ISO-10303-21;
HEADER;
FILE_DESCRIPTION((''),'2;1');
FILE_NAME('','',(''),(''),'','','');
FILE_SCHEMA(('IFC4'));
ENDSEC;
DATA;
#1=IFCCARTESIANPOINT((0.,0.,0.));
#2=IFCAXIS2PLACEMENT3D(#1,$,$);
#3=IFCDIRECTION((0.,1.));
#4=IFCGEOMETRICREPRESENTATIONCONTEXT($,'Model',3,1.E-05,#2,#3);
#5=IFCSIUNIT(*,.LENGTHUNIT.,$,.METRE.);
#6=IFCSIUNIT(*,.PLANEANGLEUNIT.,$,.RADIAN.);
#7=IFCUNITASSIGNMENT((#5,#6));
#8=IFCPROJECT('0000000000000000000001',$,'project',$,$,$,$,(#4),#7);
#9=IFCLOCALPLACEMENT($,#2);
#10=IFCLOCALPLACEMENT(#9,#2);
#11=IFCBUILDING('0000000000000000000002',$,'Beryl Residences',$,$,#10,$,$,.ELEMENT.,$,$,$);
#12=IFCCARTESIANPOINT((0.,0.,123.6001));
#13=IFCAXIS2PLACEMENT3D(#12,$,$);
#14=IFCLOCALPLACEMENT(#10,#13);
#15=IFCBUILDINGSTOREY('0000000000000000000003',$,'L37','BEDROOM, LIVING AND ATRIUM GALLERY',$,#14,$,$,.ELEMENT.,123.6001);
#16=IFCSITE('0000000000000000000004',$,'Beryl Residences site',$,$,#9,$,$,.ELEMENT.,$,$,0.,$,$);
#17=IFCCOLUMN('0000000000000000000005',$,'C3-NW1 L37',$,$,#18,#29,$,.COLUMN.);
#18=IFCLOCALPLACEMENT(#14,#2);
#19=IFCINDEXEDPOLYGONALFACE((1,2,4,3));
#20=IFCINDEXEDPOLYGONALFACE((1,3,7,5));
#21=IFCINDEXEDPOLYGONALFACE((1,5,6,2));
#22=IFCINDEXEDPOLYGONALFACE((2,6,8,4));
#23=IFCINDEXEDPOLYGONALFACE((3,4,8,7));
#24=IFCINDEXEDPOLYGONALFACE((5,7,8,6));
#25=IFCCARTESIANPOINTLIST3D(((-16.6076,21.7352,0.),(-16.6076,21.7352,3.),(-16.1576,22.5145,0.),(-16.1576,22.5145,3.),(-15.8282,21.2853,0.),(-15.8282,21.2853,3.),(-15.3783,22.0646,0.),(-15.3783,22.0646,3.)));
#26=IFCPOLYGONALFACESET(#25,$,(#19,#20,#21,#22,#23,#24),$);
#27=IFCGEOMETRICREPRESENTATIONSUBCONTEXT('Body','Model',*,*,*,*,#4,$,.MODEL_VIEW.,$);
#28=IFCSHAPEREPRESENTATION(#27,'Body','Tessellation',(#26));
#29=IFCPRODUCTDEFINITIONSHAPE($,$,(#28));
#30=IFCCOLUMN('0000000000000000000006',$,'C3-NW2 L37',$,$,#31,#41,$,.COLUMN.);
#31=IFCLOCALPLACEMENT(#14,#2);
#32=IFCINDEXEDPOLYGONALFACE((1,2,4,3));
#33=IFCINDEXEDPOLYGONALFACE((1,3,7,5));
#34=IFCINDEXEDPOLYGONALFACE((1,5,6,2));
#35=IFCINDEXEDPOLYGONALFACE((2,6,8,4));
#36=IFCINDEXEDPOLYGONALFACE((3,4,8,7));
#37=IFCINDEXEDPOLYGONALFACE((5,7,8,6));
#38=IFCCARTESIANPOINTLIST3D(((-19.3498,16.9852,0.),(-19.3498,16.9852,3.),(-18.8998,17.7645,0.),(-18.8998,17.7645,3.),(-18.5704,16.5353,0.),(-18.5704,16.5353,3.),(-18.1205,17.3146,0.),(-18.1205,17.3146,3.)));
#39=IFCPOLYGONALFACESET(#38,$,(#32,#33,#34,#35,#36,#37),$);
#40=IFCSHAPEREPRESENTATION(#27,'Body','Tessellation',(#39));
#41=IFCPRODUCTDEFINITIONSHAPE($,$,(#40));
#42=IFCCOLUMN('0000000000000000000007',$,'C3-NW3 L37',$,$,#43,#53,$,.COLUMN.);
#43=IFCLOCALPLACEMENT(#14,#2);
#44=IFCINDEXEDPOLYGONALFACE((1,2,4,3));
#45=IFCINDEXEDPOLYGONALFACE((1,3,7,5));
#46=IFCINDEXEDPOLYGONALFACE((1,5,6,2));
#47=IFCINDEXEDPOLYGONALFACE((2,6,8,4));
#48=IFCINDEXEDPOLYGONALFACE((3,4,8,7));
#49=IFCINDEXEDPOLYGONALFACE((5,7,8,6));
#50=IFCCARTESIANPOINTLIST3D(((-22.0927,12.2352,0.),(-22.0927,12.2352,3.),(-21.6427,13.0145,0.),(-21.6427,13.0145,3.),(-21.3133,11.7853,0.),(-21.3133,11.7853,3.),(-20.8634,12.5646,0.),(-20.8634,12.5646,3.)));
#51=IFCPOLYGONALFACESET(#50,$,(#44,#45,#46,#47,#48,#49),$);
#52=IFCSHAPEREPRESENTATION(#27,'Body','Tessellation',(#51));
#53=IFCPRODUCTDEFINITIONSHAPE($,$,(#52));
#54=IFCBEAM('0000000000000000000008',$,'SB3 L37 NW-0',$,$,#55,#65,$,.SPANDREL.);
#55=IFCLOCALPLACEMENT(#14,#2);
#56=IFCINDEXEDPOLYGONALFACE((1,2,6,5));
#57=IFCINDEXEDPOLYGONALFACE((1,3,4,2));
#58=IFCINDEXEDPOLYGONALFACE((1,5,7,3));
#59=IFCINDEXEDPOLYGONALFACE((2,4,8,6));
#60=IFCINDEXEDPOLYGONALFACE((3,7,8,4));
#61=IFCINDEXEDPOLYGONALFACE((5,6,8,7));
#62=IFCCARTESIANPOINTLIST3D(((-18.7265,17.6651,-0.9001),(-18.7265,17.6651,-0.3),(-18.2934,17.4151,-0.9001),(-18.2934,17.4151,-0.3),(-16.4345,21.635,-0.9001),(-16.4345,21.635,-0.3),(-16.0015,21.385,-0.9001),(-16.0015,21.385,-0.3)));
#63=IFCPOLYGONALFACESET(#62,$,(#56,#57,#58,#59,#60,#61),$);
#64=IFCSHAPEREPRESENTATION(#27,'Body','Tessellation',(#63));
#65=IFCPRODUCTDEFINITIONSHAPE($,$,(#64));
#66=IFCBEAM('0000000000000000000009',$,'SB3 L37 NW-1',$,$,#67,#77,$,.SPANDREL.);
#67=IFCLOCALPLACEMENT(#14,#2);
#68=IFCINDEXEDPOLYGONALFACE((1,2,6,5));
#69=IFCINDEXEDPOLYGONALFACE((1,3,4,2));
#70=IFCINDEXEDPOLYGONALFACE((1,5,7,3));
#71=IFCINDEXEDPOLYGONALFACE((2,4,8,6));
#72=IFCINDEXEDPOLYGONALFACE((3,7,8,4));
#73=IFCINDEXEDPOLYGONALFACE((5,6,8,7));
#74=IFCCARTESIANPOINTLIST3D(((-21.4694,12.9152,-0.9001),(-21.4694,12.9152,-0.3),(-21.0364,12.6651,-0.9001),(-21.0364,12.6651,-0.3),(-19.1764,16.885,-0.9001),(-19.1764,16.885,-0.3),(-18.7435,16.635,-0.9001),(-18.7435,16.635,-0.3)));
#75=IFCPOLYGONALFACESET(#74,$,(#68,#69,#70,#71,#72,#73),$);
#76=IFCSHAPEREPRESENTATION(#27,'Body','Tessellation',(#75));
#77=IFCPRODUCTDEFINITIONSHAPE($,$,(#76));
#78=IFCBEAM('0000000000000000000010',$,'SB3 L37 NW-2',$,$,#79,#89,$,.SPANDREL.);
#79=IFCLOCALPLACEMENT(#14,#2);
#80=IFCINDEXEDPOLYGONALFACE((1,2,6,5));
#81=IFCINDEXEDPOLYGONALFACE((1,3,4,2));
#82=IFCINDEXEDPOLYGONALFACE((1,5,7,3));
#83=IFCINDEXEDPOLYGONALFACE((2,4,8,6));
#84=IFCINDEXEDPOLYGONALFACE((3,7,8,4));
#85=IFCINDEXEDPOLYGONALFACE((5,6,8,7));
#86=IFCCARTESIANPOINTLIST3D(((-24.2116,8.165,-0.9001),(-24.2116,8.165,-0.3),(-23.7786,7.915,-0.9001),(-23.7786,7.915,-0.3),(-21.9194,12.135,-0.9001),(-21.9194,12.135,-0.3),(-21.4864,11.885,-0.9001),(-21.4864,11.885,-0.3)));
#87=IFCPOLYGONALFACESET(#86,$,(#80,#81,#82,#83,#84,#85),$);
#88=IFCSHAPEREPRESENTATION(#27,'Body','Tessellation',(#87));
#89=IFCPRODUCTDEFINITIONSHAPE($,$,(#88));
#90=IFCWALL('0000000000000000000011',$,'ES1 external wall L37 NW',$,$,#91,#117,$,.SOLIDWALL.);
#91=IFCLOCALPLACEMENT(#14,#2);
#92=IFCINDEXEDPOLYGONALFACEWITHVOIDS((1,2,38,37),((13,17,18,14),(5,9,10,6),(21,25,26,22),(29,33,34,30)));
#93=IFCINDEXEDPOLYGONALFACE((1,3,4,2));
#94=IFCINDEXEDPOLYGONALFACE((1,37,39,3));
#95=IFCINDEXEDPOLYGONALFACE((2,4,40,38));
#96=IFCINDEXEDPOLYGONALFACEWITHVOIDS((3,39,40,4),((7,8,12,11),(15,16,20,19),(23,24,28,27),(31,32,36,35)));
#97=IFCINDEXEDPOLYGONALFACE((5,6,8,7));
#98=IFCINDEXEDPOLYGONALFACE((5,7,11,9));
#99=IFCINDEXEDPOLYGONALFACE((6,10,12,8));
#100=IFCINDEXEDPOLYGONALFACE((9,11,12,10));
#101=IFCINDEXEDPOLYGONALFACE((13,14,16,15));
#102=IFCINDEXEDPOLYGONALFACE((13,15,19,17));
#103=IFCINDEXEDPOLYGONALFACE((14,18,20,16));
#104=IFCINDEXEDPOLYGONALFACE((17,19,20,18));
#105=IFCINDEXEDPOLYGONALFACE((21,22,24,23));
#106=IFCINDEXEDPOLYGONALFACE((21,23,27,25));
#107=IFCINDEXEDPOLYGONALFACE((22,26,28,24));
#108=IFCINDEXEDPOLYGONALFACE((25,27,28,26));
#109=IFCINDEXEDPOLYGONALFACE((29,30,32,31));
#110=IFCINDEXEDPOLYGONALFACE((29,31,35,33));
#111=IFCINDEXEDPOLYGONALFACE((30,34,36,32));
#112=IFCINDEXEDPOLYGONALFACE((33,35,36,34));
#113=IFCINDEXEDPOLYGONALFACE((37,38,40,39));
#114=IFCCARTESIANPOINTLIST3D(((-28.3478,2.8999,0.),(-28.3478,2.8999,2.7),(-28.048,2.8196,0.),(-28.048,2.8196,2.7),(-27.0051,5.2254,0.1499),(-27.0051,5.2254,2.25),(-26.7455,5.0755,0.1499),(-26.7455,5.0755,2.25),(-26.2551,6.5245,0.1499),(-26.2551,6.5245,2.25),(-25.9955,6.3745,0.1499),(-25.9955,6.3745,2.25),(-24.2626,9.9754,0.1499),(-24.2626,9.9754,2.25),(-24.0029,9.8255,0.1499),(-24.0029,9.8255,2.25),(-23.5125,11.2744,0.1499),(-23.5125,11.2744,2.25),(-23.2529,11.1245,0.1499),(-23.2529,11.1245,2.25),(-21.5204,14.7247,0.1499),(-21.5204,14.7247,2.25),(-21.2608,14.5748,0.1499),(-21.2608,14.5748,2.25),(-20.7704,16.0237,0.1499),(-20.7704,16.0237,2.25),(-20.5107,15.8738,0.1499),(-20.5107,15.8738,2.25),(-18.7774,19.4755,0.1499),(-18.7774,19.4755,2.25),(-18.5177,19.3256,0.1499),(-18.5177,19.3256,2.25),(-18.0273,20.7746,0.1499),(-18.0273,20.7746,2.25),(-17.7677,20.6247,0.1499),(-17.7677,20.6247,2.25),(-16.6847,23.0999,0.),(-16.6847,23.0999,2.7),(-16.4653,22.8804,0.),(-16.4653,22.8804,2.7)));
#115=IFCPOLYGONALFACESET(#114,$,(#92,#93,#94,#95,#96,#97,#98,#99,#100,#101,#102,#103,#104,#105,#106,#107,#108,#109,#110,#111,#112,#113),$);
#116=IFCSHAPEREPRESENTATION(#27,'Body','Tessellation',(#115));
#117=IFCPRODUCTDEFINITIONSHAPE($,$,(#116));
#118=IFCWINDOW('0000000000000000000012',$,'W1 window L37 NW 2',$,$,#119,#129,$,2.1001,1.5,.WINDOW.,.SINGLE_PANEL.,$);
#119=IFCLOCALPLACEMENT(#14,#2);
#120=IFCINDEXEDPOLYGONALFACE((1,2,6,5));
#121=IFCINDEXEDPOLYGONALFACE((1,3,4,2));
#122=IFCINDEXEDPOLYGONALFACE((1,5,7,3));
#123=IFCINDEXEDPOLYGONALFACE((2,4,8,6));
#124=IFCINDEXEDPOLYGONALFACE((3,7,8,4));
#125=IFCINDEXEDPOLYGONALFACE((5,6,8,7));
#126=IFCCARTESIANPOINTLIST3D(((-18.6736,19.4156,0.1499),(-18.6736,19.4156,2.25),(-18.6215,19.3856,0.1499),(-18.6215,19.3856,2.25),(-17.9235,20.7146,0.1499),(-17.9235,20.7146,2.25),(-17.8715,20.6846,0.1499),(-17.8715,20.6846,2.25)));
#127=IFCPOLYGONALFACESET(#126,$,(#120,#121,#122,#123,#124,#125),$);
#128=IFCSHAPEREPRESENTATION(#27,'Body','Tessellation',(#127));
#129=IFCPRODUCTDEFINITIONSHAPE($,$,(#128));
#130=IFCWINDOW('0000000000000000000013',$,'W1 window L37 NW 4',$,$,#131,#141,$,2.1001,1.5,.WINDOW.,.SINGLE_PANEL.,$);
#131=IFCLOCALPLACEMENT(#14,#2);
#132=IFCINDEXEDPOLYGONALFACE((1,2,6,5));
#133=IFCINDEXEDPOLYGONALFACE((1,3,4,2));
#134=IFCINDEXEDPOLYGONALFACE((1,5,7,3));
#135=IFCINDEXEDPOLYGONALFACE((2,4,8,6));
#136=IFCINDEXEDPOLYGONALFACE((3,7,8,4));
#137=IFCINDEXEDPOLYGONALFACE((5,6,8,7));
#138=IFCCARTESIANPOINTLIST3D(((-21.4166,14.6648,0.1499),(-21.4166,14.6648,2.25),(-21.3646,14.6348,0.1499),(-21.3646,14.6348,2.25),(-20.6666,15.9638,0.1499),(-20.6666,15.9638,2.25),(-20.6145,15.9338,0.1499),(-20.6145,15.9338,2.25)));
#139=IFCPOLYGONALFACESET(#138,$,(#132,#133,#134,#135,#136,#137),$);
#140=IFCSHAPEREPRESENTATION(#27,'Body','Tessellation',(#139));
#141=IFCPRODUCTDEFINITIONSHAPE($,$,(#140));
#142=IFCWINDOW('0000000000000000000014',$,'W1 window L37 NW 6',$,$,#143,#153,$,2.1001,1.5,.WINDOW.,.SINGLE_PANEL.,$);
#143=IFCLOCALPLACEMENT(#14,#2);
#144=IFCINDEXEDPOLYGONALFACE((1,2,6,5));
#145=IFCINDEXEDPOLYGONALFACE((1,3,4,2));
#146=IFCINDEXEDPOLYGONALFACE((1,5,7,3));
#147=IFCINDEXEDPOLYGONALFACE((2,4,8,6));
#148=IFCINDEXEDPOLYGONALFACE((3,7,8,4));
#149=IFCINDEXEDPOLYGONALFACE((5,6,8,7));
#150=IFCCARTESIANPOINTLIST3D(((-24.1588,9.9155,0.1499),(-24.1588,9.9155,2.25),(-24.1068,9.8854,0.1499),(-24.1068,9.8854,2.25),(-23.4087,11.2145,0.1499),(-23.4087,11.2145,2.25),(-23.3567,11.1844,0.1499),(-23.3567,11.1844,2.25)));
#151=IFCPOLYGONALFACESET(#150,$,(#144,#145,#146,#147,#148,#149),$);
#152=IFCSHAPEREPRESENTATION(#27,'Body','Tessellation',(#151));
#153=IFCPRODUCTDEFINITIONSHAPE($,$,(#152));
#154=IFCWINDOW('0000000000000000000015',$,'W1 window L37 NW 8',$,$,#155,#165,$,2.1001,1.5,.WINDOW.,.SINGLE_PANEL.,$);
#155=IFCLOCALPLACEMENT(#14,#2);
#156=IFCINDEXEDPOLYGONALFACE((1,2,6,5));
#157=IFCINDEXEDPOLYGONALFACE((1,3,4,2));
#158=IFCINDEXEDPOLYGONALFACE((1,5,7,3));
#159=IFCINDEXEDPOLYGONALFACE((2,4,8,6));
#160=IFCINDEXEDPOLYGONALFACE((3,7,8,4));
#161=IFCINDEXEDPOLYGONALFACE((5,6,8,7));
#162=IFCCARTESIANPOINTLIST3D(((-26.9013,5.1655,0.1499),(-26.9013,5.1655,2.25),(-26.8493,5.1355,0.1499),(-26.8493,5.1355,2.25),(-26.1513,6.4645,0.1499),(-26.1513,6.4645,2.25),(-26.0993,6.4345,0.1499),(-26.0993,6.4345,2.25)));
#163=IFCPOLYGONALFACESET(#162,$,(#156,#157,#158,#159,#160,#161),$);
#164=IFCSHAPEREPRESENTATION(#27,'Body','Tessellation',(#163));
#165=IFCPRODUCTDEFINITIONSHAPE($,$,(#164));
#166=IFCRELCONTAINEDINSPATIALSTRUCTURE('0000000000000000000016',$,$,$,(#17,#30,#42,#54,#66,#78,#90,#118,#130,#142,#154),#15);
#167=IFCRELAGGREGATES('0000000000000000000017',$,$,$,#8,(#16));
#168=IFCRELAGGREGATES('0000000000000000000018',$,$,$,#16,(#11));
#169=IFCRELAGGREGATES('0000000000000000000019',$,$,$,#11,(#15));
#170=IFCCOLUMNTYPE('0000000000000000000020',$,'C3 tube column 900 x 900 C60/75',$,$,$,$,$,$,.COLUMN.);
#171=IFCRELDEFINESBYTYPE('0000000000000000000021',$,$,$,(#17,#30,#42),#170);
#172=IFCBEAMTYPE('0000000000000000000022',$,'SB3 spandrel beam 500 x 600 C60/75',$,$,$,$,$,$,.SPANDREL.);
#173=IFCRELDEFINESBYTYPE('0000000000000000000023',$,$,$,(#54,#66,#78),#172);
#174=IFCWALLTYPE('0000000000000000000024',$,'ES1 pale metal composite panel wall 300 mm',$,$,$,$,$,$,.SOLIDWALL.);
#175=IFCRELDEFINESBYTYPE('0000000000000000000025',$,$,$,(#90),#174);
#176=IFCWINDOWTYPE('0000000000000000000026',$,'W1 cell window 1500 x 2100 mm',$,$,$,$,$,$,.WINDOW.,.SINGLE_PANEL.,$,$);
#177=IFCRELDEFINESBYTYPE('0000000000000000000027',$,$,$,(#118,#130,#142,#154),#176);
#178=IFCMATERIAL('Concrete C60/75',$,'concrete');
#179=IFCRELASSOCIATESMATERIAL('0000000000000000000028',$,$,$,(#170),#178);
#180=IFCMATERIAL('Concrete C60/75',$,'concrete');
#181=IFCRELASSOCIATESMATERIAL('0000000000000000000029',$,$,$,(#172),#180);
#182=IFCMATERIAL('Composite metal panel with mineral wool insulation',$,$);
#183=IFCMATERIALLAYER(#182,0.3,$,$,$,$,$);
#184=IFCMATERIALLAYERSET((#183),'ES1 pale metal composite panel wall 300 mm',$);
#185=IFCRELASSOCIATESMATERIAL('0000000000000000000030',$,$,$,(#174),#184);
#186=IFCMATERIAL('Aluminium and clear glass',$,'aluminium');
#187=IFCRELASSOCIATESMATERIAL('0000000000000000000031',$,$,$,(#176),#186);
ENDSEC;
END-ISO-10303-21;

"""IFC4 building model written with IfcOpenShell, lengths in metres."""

from ifc_helpers import new_model, si_unit, direction, frame, frame_2d, origin, origin_2d, place, context, subcontext, project, spatial, polyline, rectangle, outline, extrude, material, layer, layer_set, material_profile, profile_set, type_object, element, fill, save


model = new_model("IFC4")

# Units and contexts
model_context = context("Model", 3, precision=1e-05, world=origin(), true_north=direction((0.0, 1.0)))
body_context = subcontext(model_context, "Body", "Model", "MODEL_VIEW")
ifc_project = project(units=[si_unit("LENGTHUNIT", "METRE"), si_unit("PLANEANGLEUNIT", "RADIAN")], contexts=[model_context])

# Site, building, storey
site_placement = place(None, origin())
site = spatial("IfcSite", under=ifc_project, at=site_placement, Name="Beryl Residences site", CompositionType="ELEMENT", RefElevation=0.0)
building_placement = place(site_placement, origin())
building = spatial("IfcBuilding", under=site, at=building_placement, Name="Beryl Residences", CompositionType="ELEMENT")
storey_placement = place(building_placement, frame((0.0, 0.0, 123.6001)))
storey = spatial("IfcBuildingStorey", under=building, at=storey_placement, Name="L37", Description="BEDROOM, LIVING AND ATRIUM GALLERY", CompositionType="ELEMENT", Elevation=123.6001)

# Columns
ifc_material_1 = material(Name="Concrete C60/75", Category="concrete")
ifc_material_profile_1 = material_profile(ifc_material_1, rectangle(XDim=0.8999, YDim=0.8999, at=origin_2d()))
ifc_profile_set_1 = profile_set([ifc_material_profile_1], Name="Concrete C60/75")
column_type = type_object("IfcColumnType", Name="C3 tube column 900 x 900 C60/75", PredefinedType="COLUMN", material=ifc_profile_set_1)
for number, where, z_axis, x_axis, name in (
    (1, (-15.9929, 21.8999, 0.0), (0.0, 0.0, 1.0), (-0.5, -0.866025, 0.0), "C3-NW1 L37"),
    (2, (-18.7351, 17.1499, 0.0), (0.0, 0.0, 1.0), (-0.5, -0.866025, 0.0), "C3-NW2 L37"),
    (3, (-21.478, 12.3999, 0.0), (0.0, 0.0, 1.0), (-0.5, -0.866025, 0.0), "C3-NW3 L37"),
):
    element("IfcColumn", number, at=place(storey_placement, frame(where, z_axis=z_axis, x_axis=x_axis)), inside=storey, type_object=column_type, Name=name, PredefinedType="COLUMN", context=body_context, shape_type="SweptSolid", body=[
        extrude(rectangle(XDim=0.8999, YDim=0.8999, at=origin_2d()), origin(), (0.0, 0.0, 1.0), 3.0),
    ])

# Beams
ifc_material_2 = material(Name="Concrete C60/75", Category="concrete")
ifc_material_profile_2 = material_profile(ifc_material_2, rectangle(XDim=0.5, YDim=0.6001, at=origin_2d()))
ifc_profile_set_2 = profile_set([ifc_material_profile_2], Name="Concrete C60/75")
beam_type = type_object("IfcBeamType", Name="SB3 spandrel beam 500 x 600 C60/75", PredefinedType="SPANDREL", material=ifc_profile_set_2)
beam_1_placement = place(storey_placement, frame((-16.218, 21.51, -0.6001), z_axis=(-0.499988, -0.866032, 0.0), x_axis=(0.866032, -0.499988, 0.0)))
element("IfcBeam", 4, at=beam_1_placement, inside=storey, type_object=beam_type, Name="SB3 L37 NW-0", PredefinedType="SPANDREL", context=body_context, shape_type="SweptSolid", body=[
    extrude(rectangle(XDim=0.5, YDim=0.6001, at=origin_2d()), origin(), (0.0, 0.0, 1.0), 4.584),
])
beam_2_placement = place(storey_placement, frame((-18.96, 16.76, -0.6001), z_axis=(-0.500148, -0.86594, 0.0), x_axis=(0.86594, -0.500148, 0.0)))
element("IfcBeam", 5, at=beam_2_placement, inside=storey, type_object=beam_type, Name="SB3 L37 NW-1", PredefinedType="SPANDREL", context=body_context, shape_type="SweptSolid", body=[
    extrude(rectangle(XDim=0.5, YDim=0.6001, at=origin_2d()), origin(), (0.0, 0.0, 1.0), 4.5845),
])
beam_3_placement = place(storey_placement, frame((-21.7029, 12.01, -0.6001), z_axis=(-0.500028, -0.866009, 0.0), x_axis=(0.866009, -0.500028, 0.0)))
element("IfcBeam", 6, at=beam_3_placement, inside=storey, type_object=beam_type, Name="SB3 L37 NW-2", PredefinedType="SPANDREL", context=body_context, shape_type="SweptSolid", body=[
    extrude(rectangle(XDim=0.5, YDim=0.6001, at=origin_2d()), origin(), (0.0, 0.0, 1.0), 4.5842),
])

# Wall, openings, windows
ifc_material_3 = material(Name="Composite metal panel with mineral wool insulation")
ifc_layer_1 = layer(ifc_material_3, 0.3)
ifc_layer_set_1 = layer_set([ifc_layer_1], Name="ES1 pale metal composite panel wall 300 mm")
wall_type_1 = type_object("IfcWallType", Name="ES1 pale metal composite panel wall 300 mm", PredefinedType="SOLIDWALL", material=ifc_layer_set_1)
wall_1_placement = place(storey_placement, frame((-16.5549, 23.0249, 0.0), z_axis=(0.0, 0.0, 1.0), x_axis=(-0.500021, -0.866014, 0.0)))
wall_1 = element("IfcWall", 7, at=wall_1_placement, inside=storey, type_object=wall_type_1, Name="ES1 external wall L37 NW", PredefinedType="SOLIDWALL", context=body_context, shape_type="SweptSolid", body=[
    extrude(outline(polyline([(0.0, -0.1499), (23.3252, -0.1499), (23.2449, 0.1499), (0.0803, 0.1499), (0.0, -0.1499)])), origin(), (0.0, 0.0, 1.0), 2.7),
])
opening_1_placement = place(wall_1_placement, frame((2.6851, 0.0, 0.1499)))
opening_1 = element("IfcOpeningElement", 8, at=opening_1_placement, cuts=wall_1, PredefinedType="OPENING", context=body_context, shape_type="SweptSolid", body=[
    extrude(rectangle(XDim=1.5, YDim=2.1001, at=frame_2d((0.75, 1.05))), frame((0.0, 0.1599, 0.0), z_axis=(0.0, -1.0, 0.0), x_axis=(1.0, 0.0, 0.0)), (0.0, 0.0, 1.0), 0.3201),
])
opening_2_placement = place(wall_1_placement, frame((8.1709, 0.0, 0.1499)))
opening_2 = element("IfcOpeningElement", 9, at=opening_2_placement, cuts=wall_1, PredefinedType="OPENING", context=body_context, shape_type="SweptSolid", body=[
    extrude(rectangle(XDim=1.5, YDim=2.1001, at=frame_2d((0.75, 1.05))), frame((0.0, 0.1599, 0.0), z_axis=(0.0, -1.0, 0.0), x_axis=(1.0, 0.0, 0.0)), (0.0, 0.0, 1.0), 0.3201),
])
opening_3_placement = place(wall_1_placement, frame((13.655, 0.0, 0.1499)))
opening_3 = element("IfcOpeningElement", 10, at=opening_3_placement, cuts=wall_1, PredefinedType="OPENING", context=body_context, shape_type="SweptSolid", body=[
    extrude(rectangle(XDim=1.5, YDim=2.1001, at=frame_2d((0.75, 1.05))), frame((0.0, 0.1599, 0.0), z_axis=(0.0, -1.0, 0.0), x_axis=(1.0, 0.0, 0.0)), (0.0, 0.0, 1.0), 0.3201),
])
opening_4_placement = place(wall_1_placement, frame((19.1399, 0.0, 0.1499)))
opening_4 = element("IfcOpeningElement", 11, at=opening_4_placement, cuts=wall_1, PredefinedType="OPENING", context=body_context, shape_type="SweptSolid", body=[
    extrude(rectangle(XDim=1.5, YDim=2.1001, at=frame_2d((0.75, 1.05))), frame((0.0, 0.1599, 0.0), z_axis=(0.0, -1.0, 0.0), x_axis=(1.0, 0.0, 0.0)), (0.0, 0.0, 1.0), 0.3201),
])
ifc_material_4 = material(Name="Aluminium and clear glass", Category="aluminium")
window_type = type_object("IfcWindowType", Name="W1 cell window 1500 x 2100 mm", PartitioningType="SINGLE_PANEL", PredefinedType="WINDOW", material=ifc_material_4)
window_1_placement = place(opening_1_placement, origin())
window_1 = element("IfcWindow", 12, at=window_1_placement, inside=storey, type_object=window_type, Name="W1 window L37 NW 2", OverallHeight=2.1001, OverallWidth=1.5, PartitioningType="SINGLE_PANEL", PredefinedType="WINDOW", context=body_context, shape_type="SweptSolid", body=[
    extrude(rectangle(XDim=1.5, YDim=2.1001, at=frame_2d((0.75, 1.05))), frame((0.0, 0.03, 0.0), z_axis=(0.0, -1.0, 0.0), x_axis=(1.0, 0.0, 0.0)), (0.0, 0.0, 1.0), 0.0601),
])
fill(opening_1, window_1)
window_2_placement = place(opening_2_placement, origin())
window_2 = element("IfcWindow", 13, at=window_2_placement, inside=storey, type_object=window_type, Name="W1 window L37 NW 4", OverallHeight=2.1001, OverallWidth=1.5, PartitioningType="SINGLE_PANEL", PredefinedType="WINDOW", context=body_context, shape_type="SweptSolid", body=[
    extrude(rectangle(XDim=1.5, YDim=2.1001, at=frame_2d((0.75, 1.05))), frame((0.0, 0.03, 0.0), z_axis=(0.0, -1.0, 0.0), x_axis=(1.0, 0.0, 0.0)), (0.0, 0.0, 1.0), 0.0601),
])
fill(opening_2, window_2)
window_3_placement = place(opening_3_placement, origin())
window_3 = element("IfcWindow", 14, at=window_3_placement, inside=storey, type_object=window_type, Name="W1 window L37 NW 6", OverallHeight=2.1001, OverallWidth=1.5, PartitioningType="SINGLE_PANEL", PredefinedType="WINDOW", context=body_context, shape_type="SweptSolid", body=[
    extrude(rectangle(XDim=1.5, YDim=2.1001, at=frame_2d((0.75, 1.05))), frame((0.0, 0.03, 0.0), z_axis=(0.0, -1.0, 0.0), x_axis=(1.0, 0.0, 0.0)), (0.0, 0.0, 1.0), 0.0601),
])
fill(opening_3, window_3)
window_4_placement = place(opening_4_placement, origin())
window_4 = element("IfcWindow", 15, at=window_4_placement, inside=storey, type_object=window_type, Name="W1 window L37 NW 8", OverallHeight=2.1001, OverallWidth=1.5, PartitioningType="SINGLE_PANEL", PredefinedType="WINDOW", context=body_context, shape_type="SweptSolid", body=[
    extrude(rectangle(XDim=1.5, YDim=2.1001, at=frame_2d((0.75, 1.05))), frame((0.0, 0.03, 0.0), z_axis=(0.0, -1.0, 0.0), x_axis=(1.0, 0.0, 0.0)), (0.0, 0.0, 1.0), 0.0601),
])
fill(opening_4, window_4)

save(model, "model.ifc")
